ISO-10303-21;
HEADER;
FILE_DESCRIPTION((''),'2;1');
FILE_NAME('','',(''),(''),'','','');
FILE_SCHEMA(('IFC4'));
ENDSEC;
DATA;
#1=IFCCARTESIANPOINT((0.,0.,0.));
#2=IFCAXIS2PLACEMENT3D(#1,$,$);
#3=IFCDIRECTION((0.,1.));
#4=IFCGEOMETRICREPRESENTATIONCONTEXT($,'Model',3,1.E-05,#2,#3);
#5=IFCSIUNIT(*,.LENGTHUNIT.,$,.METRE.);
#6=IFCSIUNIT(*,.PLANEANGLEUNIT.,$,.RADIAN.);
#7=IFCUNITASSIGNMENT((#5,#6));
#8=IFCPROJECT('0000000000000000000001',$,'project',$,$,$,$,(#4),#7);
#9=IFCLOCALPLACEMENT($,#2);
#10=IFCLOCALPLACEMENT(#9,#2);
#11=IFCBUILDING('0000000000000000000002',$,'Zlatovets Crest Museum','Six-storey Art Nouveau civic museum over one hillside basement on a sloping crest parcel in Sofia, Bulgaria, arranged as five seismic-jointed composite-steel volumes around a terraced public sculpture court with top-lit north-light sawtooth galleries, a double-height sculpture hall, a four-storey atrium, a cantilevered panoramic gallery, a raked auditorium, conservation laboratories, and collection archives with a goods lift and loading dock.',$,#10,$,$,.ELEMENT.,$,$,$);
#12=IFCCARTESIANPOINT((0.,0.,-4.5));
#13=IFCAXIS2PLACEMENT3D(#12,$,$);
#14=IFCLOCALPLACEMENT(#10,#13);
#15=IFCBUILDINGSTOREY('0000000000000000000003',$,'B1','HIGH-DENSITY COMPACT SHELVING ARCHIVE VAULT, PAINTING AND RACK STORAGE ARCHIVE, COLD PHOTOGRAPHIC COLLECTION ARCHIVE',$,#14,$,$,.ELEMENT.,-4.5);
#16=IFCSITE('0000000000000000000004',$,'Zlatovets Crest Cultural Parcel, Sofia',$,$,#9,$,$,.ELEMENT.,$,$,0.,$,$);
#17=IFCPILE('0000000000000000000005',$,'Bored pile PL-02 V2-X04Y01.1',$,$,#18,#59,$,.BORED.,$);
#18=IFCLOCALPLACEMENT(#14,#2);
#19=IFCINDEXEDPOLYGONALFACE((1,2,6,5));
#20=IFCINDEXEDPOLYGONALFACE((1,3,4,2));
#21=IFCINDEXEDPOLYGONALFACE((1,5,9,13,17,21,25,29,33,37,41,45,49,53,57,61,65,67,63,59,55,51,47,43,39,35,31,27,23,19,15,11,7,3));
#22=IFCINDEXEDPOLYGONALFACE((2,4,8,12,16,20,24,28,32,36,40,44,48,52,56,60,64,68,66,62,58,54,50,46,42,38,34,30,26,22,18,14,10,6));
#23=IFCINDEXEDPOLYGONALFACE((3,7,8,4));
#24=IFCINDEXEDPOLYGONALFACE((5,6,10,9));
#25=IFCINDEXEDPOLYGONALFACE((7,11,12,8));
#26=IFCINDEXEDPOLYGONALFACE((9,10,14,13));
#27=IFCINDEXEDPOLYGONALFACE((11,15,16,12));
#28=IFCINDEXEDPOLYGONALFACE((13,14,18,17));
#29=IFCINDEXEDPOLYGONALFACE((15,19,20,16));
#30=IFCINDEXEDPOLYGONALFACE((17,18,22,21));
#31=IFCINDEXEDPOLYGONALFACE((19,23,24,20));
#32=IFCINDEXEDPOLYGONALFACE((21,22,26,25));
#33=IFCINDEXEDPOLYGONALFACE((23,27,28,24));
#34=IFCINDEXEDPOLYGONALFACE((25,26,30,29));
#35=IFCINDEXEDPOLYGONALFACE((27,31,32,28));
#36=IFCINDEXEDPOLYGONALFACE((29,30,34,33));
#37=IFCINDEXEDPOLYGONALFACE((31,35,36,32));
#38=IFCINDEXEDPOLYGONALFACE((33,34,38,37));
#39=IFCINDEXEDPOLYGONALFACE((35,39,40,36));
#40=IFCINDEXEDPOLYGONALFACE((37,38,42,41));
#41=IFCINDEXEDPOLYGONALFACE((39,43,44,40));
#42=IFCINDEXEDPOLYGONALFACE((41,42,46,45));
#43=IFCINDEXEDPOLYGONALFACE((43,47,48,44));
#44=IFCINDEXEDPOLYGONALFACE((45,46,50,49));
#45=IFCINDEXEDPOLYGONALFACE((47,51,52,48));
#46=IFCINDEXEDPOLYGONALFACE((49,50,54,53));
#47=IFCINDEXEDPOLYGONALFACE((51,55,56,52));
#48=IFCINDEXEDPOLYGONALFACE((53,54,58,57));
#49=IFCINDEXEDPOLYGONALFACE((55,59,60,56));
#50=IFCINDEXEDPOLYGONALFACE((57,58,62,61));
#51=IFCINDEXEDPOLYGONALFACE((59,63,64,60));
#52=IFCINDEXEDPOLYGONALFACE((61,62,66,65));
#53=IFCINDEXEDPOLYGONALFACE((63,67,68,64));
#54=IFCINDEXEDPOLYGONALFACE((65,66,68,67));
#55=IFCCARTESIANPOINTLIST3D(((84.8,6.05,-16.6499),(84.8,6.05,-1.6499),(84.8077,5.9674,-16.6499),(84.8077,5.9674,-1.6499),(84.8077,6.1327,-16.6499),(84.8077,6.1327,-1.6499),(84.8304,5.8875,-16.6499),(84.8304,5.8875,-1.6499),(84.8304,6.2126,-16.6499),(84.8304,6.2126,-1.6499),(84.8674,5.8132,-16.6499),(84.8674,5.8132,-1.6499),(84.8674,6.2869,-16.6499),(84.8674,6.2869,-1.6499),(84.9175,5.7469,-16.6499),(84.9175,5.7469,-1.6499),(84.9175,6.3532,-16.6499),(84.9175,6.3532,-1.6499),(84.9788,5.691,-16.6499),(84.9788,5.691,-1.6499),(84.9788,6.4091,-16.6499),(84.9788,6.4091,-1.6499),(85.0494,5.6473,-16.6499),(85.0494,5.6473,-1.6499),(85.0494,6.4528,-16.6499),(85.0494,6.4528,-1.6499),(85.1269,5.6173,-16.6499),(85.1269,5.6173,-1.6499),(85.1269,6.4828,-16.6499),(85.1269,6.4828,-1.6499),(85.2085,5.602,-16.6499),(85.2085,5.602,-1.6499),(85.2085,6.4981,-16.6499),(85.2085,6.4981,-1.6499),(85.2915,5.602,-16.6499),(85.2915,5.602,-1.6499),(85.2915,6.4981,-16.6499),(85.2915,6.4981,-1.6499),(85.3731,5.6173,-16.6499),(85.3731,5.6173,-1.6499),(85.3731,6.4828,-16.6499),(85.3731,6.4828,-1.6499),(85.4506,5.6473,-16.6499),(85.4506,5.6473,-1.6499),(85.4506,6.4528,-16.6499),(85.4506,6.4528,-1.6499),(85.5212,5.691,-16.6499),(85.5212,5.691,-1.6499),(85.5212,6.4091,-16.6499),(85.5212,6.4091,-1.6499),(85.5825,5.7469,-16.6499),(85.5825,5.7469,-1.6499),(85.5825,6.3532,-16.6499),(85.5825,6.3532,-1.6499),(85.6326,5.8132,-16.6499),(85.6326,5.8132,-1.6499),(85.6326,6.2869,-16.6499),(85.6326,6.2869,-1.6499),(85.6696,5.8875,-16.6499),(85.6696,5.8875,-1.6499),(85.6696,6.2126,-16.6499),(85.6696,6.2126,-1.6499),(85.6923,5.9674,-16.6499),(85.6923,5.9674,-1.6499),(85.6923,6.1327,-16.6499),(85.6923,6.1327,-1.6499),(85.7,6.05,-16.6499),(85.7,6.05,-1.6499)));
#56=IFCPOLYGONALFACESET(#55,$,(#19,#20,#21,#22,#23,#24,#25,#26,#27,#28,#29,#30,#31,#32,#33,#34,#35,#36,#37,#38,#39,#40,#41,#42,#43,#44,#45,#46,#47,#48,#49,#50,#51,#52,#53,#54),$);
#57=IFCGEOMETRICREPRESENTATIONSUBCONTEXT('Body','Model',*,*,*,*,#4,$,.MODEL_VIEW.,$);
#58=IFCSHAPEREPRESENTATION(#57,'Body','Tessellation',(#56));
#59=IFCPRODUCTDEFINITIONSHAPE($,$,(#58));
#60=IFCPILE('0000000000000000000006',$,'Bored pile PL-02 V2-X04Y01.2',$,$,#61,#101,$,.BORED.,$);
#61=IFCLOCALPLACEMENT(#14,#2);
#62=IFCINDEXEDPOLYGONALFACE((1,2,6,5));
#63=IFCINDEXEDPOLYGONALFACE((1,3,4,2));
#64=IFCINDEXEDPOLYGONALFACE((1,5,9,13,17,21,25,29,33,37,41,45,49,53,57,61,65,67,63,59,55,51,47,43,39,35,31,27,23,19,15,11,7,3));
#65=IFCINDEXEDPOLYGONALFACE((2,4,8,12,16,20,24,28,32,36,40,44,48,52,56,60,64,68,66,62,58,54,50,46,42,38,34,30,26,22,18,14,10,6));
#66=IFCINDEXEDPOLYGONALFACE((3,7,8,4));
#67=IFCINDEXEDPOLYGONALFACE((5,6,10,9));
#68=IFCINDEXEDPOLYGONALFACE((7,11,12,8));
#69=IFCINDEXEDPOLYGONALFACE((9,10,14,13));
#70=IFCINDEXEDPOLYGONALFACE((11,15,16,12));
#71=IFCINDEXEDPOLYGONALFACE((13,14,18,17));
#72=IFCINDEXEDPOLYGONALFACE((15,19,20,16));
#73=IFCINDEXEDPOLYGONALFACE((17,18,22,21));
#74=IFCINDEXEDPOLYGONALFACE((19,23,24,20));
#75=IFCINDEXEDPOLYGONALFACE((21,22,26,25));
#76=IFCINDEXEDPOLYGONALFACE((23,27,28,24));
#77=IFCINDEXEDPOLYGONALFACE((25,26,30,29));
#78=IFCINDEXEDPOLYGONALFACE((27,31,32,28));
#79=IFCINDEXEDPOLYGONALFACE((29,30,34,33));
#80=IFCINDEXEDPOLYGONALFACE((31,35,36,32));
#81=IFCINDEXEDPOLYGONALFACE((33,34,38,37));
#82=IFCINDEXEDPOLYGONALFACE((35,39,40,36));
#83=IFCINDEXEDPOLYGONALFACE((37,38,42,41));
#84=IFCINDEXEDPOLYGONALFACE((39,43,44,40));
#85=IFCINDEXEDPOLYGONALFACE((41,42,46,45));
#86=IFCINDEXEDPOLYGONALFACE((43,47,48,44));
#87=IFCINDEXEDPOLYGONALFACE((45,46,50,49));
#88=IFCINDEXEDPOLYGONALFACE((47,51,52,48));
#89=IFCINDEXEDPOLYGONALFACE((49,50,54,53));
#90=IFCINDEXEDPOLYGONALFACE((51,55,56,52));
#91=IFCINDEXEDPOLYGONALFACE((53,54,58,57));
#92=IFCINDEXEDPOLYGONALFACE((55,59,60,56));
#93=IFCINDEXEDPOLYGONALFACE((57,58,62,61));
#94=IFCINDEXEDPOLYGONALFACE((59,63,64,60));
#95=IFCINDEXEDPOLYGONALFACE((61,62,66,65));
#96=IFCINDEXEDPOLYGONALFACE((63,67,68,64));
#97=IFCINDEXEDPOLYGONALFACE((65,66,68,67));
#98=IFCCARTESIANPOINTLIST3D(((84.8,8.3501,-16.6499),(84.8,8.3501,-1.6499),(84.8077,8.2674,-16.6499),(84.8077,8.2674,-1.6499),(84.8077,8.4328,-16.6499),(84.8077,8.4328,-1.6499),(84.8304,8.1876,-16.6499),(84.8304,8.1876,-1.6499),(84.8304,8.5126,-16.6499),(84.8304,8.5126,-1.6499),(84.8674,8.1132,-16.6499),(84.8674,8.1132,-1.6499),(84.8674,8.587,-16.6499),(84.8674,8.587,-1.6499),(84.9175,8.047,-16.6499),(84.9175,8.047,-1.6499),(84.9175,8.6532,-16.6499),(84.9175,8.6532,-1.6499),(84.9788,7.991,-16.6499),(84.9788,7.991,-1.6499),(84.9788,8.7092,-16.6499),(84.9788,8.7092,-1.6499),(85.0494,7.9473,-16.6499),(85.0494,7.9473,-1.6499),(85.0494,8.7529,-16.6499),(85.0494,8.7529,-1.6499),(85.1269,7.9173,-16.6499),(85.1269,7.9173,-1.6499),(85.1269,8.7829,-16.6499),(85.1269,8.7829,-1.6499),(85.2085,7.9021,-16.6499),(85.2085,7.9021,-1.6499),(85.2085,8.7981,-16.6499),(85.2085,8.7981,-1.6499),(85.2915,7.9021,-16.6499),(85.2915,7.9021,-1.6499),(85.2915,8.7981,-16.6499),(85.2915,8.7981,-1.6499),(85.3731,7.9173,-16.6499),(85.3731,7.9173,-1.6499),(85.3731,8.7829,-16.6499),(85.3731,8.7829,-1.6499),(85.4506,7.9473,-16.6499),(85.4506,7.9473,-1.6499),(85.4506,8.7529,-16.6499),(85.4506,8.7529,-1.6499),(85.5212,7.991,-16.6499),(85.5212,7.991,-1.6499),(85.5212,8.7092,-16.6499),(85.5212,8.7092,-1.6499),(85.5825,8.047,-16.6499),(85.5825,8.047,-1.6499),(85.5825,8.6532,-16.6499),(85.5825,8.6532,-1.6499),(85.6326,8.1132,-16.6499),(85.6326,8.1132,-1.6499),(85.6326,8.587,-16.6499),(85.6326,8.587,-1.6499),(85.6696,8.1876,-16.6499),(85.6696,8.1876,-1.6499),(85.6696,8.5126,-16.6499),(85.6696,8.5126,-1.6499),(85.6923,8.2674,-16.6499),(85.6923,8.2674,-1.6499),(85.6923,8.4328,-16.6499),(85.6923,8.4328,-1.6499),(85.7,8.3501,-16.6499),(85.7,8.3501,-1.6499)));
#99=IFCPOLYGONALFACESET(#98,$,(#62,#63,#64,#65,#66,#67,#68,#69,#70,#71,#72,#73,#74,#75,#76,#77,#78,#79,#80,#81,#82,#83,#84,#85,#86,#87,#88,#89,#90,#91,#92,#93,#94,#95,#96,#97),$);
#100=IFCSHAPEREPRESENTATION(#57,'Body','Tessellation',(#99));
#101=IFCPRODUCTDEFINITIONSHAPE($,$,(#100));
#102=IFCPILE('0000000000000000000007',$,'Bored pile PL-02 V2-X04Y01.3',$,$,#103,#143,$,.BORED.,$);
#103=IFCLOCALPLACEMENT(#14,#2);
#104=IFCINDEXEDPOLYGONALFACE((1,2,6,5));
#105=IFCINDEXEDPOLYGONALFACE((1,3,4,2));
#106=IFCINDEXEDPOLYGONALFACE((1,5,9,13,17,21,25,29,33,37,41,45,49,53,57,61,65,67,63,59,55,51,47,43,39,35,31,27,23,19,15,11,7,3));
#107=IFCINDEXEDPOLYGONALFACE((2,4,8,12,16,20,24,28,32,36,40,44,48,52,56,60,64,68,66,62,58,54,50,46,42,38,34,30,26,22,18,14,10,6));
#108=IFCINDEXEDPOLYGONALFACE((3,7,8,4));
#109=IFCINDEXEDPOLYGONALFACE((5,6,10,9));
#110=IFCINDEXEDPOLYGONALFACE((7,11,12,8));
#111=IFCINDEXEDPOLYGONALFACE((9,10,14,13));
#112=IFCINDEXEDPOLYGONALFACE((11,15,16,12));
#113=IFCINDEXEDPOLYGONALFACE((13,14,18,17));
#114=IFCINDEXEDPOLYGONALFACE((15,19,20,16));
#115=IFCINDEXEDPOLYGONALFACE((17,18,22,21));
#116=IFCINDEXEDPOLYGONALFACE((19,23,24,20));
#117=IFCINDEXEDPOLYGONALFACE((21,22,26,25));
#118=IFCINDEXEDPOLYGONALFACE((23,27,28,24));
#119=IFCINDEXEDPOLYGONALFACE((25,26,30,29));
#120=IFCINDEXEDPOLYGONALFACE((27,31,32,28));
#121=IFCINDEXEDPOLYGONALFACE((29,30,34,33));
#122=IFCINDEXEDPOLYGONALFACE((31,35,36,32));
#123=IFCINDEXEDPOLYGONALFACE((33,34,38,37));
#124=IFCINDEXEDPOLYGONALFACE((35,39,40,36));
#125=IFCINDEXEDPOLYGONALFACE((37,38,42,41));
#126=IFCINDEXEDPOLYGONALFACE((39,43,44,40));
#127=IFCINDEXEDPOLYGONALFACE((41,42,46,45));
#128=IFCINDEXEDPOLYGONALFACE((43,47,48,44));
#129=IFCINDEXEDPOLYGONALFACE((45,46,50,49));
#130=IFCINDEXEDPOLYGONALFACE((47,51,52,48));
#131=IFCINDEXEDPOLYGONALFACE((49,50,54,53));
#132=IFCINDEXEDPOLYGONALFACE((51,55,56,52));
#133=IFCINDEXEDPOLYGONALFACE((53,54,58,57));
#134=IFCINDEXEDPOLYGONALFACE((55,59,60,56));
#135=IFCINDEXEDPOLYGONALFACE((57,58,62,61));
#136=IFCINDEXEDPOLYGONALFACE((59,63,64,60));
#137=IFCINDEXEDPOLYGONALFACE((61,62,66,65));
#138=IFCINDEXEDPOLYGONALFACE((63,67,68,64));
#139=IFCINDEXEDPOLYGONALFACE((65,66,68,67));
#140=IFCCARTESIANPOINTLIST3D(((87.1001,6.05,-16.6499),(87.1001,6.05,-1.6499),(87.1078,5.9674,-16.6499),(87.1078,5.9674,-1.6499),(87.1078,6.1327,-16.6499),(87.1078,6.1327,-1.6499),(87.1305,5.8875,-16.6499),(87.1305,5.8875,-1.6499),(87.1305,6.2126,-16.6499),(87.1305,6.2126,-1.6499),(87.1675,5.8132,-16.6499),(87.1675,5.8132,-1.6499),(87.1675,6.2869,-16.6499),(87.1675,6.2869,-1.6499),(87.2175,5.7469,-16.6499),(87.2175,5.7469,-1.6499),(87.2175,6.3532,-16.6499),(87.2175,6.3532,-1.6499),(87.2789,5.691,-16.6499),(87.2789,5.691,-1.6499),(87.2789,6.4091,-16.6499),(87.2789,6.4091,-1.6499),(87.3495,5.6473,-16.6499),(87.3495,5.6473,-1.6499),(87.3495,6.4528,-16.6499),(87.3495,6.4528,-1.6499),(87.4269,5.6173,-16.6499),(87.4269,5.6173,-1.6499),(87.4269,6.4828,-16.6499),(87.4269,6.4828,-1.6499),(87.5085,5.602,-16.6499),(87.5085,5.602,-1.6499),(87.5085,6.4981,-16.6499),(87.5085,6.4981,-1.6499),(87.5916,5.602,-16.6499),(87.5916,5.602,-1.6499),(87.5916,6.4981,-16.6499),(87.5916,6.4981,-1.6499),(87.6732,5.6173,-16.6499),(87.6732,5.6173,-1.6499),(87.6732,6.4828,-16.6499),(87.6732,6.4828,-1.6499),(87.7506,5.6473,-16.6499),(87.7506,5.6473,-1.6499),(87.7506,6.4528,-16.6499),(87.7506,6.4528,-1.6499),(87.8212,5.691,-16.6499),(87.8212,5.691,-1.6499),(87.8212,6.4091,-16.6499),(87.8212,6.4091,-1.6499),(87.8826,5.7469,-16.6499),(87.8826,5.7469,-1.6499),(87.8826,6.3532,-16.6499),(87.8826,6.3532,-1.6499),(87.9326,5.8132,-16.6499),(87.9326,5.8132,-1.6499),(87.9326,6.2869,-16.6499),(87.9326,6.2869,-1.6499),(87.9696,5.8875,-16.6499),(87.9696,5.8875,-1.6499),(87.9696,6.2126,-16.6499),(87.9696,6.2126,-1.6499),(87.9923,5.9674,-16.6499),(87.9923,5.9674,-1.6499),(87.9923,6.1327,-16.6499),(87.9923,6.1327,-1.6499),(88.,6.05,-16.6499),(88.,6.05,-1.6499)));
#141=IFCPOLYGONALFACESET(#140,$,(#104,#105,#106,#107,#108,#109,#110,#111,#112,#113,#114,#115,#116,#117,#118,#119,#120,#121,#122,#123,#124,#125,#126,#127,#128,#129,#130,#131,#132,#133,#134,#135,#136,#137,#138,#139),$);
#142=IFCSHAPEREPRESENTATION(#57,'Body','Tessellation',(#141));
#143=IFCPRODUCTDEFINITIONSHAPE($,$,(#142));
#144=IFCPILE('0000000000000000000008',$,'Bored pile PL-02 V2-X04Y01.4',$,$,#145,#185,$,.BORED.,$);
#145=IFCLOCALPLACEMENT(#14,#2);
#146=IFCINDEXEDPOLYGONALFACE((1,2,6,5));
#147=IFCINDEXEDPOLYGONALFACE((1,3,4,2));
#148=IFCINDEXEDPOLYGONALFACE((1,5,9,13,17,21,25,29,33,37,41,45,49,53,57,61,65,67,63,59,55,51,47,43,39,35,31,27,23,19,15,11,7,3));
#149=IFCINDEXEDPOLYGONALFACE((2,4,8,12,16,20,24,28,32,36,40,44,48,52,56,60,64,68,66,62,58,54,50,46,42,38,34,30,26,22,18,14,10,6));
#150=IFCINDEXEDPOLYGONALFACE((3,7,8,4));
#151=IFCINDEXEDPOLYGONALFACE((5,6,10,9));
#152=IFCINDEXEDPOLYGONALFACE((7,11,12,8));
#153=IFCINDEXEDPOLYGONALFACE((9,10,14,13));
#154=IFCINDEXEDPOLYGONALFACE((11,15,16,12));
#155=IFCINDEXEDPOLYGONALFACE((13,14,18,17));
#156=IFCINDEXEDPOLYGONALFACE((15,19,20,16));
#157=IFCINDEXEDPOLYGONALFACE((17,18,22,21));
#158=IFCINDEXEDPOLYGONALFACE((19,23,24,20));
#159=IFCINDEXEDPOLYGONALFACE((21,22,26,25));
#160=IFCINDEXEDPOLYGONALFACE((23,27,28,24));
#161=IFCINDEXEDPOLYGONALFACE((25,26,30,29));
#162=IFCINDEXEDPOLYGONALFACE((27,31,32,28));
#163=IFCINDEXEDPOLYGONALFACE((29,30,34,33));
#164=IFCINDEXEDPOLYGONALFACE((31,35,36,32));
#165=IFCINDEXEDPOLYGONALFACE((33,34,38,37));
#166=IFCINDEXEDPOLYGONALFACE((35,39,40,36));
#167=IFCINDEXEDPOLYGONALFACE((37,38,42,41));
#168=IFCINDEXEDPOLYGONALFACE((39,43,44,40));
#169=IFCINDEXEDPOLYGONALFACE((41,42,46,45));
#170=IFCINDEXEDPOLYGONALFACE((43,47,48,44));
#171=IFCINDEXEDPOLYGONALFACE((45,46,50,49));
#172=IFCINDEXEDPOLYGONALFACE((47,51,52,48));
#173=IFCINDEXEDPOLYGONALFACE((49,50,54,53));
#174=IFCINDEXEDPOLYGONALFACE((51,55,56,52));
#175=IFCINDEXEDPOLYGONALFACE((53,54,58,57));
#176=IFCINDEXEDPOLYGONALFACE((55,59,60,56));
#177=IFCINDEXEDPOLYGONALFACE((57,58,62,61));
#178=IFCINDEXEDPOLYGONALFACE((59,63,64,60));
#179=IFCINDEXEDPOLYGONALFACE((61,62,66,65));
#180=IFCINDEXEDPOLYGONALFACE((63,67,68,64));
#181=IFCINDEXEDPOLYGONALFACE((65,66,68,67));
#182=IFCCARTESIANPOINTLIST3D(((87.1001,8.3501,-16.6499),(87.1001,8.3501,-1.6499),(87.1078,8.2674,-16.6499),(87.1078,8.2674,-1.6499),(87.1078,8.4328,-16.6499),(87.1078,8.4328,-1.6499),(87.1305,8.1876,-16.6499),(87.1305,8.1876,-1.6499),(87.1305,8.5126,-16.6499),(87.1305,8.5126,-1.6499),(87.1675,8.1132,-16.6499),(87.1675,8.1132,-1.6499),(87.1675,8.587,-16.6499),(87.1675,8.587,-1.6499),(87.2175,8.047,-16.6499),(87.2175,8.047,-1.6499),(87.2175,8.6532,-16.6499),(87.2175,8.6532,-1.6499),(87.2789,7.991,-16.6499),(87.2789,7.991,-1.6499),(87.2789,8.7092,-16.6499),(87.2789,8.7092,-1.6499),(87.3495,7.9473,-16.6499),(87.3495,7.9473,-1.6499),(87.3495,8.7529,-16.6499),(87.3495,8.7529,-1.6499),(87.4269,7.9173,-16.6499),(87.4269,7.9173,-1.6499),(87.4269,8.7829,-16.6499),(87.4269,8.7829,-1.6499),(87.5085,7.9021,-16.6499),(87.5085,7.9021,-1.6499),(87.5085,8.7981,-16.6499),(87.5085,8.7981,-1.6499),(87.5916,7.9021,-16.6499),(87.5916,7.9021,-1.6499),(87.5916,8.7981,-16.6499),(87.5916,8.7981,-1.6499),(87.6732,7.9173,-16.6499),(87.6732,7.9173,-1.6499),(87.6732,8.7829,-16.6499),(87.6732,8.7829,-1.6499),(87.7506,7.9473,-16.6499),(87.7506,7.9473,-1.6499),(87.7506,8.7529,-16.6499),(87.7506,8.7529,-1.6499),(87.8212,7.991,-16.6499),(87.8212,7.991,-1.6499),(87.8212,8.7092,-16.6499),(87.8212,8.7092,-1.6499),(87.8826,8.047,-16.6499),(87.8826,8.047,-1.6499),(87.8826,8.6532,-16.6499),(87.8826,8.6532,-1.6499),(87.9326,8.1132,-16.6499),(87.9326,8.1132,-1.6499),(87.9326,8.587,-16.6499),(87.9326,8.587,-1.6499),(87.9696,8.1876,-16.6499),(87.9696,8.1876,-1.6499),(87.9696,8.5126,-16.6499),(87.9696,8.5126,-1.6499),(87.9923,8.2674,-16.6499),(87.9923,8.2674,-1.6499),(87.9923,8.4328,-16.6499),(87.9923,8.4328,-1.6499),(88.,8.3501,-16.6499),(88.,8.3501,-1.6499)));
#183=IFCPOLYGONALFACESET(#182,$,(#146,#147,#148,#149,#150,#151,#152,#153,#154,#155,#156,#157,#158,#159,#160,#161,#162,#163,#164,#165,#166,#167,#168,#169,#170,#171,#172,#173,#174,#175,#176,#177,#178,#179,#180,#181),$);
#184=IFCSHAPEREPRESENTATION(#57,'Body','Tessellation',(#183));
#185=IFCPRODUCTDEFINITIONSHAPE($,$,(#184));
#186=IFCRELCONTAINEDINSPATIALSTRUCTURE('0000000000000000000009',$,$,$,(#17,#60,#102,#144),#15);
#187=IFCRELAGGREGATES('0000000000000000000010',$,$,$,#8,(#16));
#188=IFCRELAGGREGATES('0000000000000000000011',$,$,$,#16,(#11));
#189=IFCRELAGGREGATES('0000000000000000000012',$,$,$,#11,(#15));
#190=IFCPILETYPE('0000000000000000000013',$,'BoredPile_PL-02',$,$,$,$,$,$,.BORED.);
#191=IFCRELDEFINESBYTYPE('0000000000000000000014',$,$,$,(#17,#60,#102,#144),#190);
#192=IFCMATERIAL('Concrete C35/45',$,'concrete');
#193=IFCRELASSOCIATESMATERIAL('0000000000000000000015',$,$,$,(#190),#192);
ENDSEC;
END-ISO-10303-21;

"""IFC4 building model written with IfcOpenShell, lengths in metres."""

from ifc_helpers import new_model, si_unit, direction, frame, origin, origin_2d, place, context, subcontext, project, spatial, circle, extrude, material, material_profile, profile_set, type_object, element, save


model = new_model("IFC4")

# Units and contexts
model_context = context("Model", 3, precision=1e-05, world=origin(), true_north=direction((0.0, 1.0)))
body_context = subcontext(model_context, "Body", "Model", "MODEL_VIEW")
ifc_project = project(units=[si_unit("LENGTHUNIT", "METRE"), si_unit("PLANEANGLEUNIT", "RADIAN")], contexts=[model_context])

# Site, building, storey
site_placement = place(None, origin())
site = spatial("IfcSite", under=ifc_project, at=site_placement, Name="Zlatovets Crest Cultural Parcel, Sofia", CompositionType="ELEMENT", RefElevation=0.0)
building_placement = place(site_placement, origin())
building = spatial("IfcBuilding", under=site, at=building_placement, Name="Zlatovets Crest Museum", Description="Six-storey Art Nouveau civic museum over one hillside basement on a sloping crest parcel in Sofia, Bulgaria, arranged as five seismic-jointed composite-steel volumes around a terraced public sculpture court with top-lit north-light sawtooth galleries, a double-height sculpture hall, a four-storey atrium, a cantilevered panoramic gallery, a raked auditorium, conservation laboratories, and collection archives with a goods lift and loading dock.", CompositionType="ELEMENT")
storey_placement = place(building_placement, frame((0.0, 0.0, -4.5)))
storey = spatial("IfcBuildingStorey", under=building, at=storey_placement, Name="B1", Description="HIGH-DENSITY COMPACT SHELVING ARCHIVE VAULT, PAINTING AND RACK STORAGE ARCHIVE, COLD PHOTOGRAPHIC COLLECTION ARCHIVE", CompositionType="ELEMENT", Elevation=-4.5)

# Piles
ifc_material_1 = material(Name="Concrete C35/45", Category="concrete")
ifc_material_profile_1 = material_profile(ifc_material_1, circle(Radius=0.45, at=origin_2d()), Name="PILE D900")
ifc_profile_set_1 = profile_set([ifc_material_profile_1], Name="Concrete C35/45")
pile_type = type_object("IfcPileType", Name="BoredPile_PL-02", PredefinedType="BORED", material=ifc_profile_set_1)
for number, where, z_axis, x_axis, name in (
    (1, (85.25, 6.05, -1.6499), (0.0, 0.0, -1.0), (1.0, 0.0, 0.0), "Bored pile PL-02 V2-X04Y01.1"),
    (2, (85.25, 8.3501, -1.6499), (0.0, 0.0, -1.0), (1.0, 0.0, 0.0), "Bored pile PL-02 V2-X04Y01.2"),
    (3, (87.55, 6.05, -1.6499), (0.0, 0.0, -1.0), (1.0, 0.0, 0.0), "Bored pile PL-02 V2-X04Y01.3"),
    (4, (87.55, 8.3501, -1.6499), (0.0, 0.0, -1.0), (1.0, 0.0, 0.0), "Bored pile PL-02 V2-X04Y01.4"),
):
    element("IfcPile", number, at=place(storey_placement, frame(where, z_axis=z_axis, x_axis=x_axis)), inside=storey, type_object=pile_type, Name=name, PredefinedType="BORED", context=body_context, shape_type="SweptSolid", body=[
        extrude(circle(Radius=0.45, at=origin_2d()), origin(), (0.0, 0.0, 1.0), 15.0),
    ])

save(model, "model.ifc")
